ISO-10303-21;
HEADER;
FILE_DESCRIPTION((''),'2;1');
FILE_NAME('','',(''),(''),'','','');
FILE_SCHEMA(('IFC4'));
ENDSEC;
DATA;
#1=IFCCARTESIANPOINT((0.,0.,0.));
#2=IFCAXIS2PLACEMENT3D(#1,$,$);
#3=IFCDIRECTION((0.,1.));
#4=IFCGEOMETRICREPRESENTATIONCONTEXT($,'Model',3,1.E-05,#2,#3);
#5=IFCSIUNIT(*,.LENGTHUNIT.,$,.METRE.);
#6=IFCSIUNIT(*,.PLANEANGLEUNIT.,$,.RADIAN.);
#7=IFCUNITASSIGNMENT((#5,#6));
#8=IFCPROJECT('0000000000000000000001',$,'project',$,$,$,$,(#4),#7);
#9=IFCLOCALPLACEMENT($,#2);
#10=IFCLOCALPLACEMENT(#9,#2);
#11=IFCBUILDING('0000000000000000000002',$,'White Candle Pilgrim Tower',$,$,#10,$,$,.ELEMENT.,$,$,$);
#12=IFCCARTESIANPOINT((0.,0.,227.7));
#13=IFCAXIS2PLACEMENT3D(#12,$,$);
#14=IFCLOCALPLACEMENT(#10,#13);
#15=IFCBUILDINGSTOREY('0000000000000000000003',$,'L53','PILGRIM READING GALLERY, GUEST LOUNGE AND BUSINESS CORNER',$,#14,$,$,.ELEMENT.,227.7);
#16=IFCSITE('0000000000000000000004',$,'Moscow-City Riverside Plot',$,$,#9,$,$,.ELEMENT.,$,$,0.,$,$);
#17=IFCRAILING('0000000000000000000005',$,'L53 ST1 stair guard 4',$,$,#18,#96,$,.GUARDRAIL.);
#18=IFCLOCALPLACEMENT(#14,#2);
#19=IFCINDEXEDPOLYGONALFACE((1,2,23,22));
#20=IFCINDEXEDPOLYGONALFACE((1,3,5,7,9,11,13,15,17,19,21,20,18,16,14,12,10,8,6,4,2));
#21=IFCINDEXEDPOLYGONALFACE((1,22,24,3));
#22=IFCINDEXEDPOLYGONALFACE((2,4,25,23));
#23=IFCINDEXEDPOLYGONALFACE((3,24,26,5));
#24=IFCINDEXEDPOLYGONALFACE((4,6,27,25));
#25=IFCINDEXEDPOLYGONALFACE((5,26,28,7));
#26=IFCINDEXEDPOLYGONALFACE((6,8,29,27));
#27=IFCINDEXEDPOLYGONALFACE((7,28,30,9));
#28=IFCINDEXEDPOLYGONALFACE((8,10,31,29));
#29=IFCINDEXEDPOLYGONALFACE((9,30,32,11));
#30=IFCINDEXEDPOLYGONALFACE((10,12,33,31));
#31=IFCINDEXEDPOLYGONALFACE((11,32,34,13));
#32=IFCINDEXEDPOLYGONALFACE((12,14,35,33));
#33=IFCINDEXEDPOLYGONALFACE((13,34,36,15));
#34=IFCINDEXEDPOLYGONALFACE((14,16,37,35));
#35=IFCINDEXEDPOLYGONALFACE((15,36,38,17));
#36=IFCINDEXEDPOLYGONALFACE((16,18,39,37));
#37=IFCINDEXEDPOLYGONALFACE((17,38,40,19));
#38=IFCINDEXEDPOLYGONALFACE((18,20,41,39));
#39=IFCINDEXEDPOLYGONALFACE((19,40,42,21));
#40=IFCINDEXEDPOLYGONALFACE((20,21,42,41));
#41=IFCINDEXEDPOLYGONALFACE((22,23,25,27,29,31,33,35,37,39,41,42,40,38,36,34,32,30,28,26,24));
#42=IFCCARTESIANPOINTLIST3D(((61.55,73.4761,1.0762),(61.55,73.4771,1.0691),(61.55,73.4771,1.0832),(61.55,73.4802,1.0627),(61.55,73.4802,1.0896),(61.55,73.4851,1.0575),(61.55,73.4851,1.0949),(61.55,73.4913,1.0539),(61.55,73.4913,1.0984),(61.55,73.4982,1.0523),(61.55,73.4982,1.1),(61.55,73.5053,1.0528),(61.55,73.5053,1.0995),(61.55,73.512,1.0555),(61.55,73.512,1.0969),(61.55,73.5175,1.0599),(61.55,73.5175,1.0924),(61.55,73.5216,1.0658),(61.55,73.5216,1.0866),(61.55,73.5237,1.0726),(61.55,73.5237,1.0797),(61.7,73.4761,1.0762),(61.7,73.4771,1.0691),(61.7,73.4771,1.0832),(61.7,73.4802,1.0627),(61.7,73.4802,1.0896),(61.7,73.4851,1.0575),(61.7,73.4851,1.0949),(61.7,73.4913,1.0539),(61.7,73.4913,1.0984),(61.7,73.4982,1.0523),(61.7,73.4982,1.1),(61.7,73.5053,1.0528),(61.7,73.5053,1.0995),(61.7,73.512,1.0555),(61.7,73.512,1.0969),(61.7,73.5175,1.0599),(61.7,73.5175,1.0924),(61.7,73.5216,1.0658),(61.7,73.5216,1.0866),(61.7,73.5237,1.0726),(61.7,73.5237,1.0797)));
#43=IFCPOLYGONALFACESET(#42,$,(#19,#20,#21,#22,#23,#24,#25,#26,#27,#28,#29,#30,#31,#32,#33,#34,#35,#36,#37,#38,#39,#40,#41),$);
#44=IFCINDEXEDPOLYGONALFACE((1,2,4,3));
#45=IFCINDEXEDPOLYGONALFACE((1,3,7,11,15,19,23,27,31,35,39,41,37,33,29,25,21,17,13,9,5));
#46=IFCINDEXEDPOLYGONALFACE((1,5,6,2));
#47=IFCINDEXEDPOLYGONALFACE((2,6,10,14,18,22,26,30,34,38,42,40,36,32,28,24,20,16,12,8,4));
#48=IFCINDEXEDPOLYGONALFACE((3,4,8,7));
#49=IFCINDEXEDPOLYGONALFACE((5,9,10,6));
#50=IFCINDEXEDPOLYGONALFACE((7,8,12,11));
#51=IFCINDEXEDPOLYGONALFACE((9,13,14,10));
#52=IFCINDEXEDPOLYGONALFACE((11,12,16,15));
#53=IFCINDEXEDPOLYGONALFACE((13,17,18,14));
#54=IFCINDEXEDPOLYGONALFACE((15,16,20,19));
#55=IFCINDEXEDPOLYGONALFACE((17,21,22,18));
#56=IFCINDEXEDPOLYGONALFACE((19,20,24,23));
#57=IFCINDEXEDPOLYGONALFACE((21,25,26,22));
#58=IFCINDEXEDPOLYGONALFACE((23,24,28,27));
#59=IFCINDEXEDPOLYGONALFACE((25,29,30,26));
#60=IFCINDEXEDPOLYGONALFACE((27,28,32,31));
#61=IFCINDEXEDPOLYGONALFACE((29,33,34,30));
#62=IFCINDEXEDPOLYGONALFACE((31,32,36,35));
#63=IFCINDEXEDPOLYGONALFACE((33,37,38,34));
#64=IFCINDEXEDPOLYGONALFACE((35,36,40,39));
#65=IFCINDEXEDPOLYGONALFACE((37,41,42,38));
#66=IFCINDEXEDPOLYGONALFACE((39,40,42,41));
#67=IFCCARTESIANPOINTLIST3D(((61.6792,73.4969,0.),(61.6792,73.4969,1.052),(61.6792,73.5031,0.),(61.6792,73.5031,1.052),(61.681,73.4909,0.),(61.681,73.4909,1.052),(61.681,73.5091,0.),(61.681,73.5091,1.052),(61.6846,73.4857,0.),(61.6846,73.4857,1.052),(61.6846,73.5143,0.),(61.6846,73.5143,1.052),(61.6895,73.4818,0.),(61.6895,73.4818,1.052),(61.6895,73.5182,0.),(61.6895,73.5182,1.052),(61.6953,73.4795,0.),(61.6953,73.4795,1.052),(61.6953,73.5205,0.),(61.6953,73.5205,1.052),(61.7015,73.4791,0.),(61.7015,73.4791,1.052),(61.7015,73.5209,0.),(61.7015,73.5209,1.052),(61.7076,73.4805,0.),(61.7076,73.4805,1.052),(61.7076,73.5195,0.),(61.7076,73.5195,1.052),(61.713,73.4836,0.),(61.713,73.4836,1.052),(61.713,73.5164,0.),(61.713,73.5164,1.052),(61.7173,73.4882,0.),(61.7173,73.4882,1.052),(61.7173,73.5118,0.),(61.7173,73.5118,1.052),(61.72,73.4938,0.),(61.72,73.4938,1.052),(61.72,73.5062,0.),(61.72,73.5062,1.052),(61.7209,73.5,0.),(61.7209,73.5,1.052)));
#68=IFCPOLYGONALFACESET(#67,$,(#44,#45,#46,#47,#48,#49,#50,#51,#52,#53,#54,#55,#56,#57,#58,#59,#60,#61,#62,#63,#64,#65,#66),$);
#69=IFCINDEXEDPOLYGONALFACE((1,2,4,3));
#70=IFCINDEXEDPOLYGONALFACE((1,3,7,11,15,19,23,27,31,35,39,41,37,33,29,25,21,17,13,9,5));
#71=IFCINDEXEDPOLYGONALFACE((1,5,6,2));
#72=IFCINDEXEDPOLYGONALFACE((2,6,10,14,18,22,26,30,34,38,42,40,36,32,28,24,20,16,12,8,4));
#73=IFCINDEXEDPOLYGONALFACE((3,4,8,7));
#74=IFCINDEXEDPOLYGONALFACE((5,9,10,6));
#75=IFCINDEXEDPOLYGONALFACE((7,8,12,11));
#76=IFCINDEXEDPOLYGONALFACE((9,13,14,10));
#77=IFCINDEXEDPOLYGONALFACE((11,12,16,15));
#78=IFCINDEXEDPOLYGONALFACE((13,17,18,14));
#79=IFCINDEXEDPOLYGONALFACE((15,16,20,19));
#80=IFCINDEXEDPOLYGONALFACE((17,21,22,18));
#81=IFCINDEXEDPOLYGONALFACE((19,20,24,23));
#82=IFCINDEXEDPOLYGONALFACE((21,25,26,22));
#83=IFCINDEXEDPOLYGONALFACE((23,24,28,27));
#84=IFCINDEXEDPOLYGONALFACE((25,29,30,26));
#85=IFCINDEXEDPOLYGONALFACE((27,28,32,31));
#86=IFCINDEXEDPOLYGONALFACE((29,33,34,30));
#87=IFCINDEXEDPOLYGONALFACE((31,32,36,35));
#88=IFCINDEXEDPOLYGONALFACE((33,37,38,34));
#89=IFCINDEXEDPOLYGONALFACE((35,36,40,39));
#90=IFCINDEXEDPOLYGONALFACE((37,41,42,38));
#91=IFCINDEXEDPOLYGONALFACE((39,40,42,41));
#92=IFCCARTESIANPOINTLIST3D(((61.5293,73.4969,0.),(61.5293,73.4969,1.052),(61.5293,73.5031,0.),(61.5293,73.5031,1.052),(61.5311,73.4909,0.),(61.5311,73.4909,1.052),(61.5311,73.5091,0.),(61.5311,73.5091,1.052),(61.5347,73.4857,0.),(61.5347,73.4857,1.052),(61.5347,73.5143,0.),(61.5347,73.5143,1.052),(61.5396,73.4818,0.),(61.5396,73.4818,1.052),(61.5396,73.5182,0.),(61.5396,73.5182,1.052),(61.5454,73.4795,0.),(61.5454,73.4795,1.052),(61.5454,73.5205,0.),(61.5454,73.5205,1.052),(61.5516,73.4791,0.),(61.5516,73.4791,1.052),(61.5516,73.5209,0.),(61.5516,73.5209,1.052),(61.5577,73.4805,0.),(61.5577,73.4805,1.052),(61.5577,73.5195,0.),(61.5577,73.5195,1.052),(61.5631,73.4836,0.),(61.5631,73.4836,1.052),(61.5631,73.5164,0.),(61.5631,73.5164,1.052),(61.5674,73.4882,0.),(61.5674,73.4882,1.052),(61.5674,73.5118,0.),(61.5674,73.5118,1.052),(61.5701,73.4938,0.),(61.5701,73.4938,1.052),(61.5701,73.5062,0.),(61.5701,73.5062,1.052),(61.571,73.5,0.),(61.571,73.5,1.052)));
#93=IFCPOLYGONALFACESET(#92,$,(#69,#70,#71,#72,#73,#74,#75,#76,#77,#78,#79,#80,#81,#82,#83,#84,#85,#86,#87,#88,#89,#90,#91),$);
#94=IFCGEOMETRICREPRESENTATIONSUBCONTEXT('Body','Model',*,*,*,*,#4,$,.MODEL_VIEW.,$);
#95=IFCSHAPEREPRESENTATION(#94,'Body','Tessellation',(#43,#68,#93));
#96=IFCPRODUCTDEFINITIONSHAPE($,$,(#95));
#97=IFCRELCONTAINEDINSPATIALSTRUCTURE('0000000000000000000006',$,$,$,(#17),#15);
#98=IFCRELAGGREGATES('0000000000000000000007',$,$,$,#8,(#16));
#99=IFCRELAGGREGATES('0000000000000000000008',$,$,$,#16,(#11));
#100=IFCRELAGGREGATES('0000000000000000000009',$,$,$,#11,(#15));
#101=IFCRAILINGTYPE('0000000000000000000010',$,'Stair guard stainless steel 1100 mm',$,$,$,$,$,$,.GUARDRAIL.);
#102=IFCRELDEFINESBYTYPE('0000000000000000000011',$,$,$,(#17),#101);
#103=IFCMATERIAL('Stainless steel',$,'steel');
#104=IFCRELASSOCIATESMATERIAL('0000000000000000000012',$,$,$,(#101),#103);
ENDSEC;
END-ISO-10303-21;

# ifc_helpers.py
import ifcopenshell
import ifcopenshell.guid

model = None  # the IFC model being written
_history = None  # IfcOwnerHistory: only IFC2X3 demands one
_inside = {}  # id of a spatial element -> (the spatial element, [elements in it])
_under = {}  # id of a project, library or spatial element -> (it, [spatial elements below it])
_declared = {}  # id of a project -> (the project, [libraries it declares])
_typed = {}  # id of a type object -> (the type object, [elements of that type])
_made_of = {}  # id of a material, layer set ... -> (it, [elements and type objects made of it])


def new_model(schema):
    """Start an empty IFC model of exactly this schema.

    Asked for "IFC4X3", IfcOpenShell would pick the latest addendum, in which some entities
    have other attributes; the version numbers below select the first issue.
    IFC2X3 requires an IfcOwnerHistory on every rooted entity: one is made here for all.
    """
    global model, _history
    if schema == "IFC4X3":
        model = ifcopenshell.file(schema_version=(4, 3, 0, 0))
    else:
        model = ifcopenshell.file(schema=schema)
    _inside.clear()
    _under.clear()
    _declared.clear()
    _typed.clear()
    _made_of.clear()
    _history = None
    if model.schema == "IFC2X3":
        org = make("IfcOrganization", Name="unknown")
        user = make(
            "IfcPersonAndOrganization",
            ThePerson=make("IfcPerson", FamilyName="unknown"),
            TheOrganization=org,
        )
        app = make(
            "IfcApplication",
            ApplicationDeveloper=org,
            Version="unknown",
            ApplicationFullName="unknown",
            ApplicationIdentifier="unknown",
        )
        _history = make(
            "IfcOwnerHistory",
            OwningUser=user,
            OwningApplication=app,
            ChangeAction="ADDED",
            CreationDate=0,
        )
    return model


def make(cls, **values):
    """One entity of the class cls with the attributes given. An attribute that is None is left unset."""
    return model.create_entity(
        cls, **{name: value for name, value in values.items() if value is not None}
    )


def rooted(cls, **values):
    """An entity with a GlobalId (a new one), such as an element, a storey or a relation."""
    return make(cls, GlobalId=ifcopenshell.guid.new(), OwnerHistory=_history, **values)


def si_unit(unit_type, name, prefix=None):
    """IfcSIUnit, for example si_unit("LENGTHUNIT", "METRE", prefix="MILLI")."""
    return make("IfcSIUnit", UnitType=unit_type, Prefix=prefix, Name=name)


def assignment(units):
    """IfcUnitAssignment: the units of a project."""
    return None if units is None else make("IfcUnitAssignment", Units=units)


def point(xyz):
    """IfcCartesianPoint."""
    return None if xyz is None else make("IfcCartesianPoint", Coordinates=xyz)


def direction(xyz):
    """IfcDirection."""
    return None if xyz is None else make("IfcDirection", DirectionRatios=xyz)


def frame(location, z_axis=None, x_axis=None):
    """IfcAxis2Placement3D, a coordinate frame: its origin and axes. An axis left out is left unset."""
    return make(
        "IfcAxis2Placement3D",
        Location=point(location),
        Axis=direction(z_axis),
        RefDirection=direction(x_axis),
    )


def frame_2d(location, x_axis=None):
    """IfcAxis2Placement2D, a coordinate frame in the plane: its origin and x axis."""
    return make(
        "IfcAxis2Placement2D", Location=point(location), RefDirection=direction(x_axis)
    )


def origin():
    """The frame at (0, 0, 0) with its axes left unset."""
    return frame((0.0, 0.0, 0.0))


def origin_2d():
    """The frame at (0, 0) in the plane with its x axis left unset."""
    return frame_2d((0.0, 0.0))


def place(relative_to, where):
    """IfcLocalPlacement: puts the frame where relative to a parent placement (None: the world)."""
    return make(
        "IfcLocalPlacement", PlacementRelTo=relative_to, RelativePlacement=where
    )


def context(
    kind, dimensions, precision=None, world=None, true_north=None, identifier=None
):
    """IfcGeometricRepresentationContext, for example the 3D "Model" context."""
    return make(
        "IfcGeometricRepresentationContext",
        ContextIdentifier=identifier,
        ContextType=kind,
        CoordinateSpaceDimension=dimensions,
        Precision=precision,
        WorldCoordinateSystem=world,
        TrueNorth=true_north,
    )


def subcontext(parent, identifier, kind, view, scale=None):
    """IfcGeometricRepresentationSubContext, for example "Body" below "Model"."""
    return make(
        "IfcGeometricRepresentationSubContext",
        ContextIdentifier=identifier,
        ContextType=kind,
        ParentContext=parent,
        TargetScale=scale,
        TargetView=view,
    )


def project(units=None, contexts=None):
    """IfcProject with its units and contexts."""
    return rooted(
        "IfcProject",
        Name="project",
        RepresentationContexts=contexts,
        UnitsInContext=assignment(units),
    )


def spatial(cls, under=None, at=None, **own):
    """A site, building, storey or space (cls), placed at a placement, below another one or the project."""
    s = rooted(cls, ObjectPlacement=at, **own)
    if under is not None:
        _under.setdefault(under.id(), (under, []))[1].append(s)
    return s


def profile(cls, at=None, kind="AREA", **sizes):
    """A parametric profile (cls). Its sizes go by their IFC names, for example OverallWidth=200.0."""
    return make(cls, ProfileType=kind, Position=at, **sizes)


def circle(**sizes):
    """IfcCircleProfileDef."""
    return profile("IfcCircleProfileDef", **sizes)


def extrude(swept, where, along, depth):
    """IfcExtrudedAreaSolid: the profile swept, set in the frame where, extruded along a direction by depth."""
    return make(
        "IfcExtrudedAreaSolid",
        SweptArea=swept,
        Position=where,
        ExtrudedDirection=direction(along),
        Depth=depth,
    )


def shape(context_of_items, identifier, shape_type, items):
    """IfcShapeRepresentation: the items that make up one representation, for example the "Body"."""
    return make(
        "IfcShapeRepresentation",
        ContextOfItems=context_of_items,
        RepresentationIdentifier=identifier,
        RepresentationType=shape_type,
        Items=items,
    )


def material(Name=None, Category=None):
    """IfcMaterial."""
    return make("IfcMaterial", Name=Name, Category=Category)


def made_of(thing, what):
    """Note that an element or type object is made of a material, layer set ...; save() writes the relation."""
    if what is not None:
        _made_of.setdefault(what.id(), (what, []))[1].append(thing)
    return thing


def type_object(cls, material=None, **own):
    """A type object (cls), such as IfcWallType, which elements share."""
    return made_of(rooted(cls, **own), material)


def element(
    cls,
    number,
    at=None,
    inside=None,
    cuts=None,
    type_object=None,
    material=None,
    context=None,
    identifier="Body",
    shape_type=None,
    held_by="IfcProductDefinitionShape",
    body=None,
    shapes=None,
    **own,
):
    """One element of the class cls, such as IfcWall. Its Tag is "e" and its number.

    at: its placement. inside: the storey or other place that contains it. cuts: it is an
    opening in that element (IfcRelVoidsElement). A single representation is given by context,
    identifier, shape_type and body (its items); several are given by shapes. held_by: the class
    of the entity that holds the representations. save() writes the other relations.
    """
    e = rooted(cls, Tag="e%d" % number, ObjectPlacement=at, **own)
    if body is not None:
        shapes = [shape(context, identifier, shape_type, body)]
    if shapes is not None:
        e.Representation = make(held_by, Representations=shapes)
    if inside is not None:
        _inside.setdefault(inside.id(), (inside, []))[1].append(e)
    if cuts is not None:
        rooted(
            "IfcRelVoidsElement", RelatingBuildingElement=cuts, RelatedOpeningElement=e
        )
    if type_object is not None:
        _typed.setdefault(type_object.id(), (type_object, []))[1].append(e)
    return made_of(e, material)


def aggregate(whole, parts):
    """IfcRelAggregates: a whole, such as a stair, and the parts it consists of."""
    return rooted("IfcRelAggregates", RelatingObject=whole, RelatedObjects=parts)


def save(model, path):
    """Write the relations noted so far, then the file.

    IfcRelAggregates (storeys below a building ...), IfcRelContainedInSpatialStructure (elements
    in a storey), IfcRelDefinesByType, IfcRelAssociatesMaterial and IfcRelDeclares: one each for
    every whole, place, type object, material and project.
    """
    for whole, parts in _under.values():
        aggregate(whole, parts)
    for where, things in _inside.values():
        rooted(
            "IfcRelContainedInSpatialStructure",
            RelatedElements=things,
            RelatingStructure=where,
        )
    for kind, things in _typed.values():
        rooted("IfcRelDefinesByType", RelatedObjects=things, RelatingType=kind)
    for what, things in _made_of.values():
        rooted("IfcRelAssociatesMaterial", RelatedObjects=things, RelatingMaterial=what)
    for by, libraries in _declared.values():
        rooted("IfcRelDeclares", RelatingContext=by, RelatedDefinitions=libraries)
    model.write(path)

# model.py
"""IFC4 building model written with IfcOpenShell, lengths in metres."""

from ifc_helpers import new_model, si_unit, direction, frame, origin, origin_2d, place, context, subcontext, project, spatial, circle, extrude, material, type_object, element, save


model = new_model("IFC4")

# Units and contexts
model_context = context("Model", 3, precision=1e-05, world=origin(), true_north=direction((0.0, 1.0)))
body_context = subcontext(model_context, "Body", "Model", "MODEL_VIEW")
ifc_project = project(units=[si_unit("LENGTHUNIT", "METRE"), si_unit("PLANEANGLEUNIT", "RADIAN")], contexts=[model_context])

# Site, building, storey
site_placement = place(None, origin())
site = spatial("IfcSite", under=ifc_project, at=site_placement, Name="Moscow-City Riverside Plot", CompositionType="ELEMENT", RefElevation=0.0)
building_placement = place(site_placement, origin())
building = spatial("IfcBuilding", under=site, at=building_placement, Name="White Candle Pilgrim Tower", CompositionType="ELEMENT")
storey_placement = place(building_placement, frame((0.0, 0.0, 227.7)))
storey = spatial("IfcBuildingStorey", under=building, at=storey_placement, Name="L53", Description="PILGRIM READING GALLERY, GUEST LOUNGE AND BUSINESS CORNER", CompositionType="ELEMENT", Elevation=227.7)

# Railing
ifc_material_1 = material(Name="Stainless steel", Category="steel")
railing_type_1 = type_object("IfcRailingType", Name="Stair guard stainless steel 1100 mm", PredefinedType="GUARDRAIL", material=ifc_material_1)
railing_1_placement = place(storey_placement, frame((61.7, 73.5, 0.0)))
element("IfcRailing", 1, at=railing_1_placement, inside=storey, type_object=railing_type_1, Name="L53 ST1 stair guard 4", PredefinedType="GUARDRAIL", context=body_context, shape_type="SweptSolid", body=[
    extrude(circle(Radius=0.0239, at=origin_2d()), frame((0.0, 0.0, 1.0762), z_axis=(-1.0, 0.0, 0.0), x_axis=(0.0, -1.0, 0.0)), (0.0, 0.0, 1.0), 0.1499),
    extrude(circle(Radius=0.021, at=origin_2d()), origin(), (0.0, 0.0, 1.0), 1.052),
    extrude(circle(Radius=0.021, at=origin_2d()), frame((-0.1499, 0.0, 0.0)), (0.0, 0.0, 1.0), 1.052),
])

save(model, "model.ifc")
